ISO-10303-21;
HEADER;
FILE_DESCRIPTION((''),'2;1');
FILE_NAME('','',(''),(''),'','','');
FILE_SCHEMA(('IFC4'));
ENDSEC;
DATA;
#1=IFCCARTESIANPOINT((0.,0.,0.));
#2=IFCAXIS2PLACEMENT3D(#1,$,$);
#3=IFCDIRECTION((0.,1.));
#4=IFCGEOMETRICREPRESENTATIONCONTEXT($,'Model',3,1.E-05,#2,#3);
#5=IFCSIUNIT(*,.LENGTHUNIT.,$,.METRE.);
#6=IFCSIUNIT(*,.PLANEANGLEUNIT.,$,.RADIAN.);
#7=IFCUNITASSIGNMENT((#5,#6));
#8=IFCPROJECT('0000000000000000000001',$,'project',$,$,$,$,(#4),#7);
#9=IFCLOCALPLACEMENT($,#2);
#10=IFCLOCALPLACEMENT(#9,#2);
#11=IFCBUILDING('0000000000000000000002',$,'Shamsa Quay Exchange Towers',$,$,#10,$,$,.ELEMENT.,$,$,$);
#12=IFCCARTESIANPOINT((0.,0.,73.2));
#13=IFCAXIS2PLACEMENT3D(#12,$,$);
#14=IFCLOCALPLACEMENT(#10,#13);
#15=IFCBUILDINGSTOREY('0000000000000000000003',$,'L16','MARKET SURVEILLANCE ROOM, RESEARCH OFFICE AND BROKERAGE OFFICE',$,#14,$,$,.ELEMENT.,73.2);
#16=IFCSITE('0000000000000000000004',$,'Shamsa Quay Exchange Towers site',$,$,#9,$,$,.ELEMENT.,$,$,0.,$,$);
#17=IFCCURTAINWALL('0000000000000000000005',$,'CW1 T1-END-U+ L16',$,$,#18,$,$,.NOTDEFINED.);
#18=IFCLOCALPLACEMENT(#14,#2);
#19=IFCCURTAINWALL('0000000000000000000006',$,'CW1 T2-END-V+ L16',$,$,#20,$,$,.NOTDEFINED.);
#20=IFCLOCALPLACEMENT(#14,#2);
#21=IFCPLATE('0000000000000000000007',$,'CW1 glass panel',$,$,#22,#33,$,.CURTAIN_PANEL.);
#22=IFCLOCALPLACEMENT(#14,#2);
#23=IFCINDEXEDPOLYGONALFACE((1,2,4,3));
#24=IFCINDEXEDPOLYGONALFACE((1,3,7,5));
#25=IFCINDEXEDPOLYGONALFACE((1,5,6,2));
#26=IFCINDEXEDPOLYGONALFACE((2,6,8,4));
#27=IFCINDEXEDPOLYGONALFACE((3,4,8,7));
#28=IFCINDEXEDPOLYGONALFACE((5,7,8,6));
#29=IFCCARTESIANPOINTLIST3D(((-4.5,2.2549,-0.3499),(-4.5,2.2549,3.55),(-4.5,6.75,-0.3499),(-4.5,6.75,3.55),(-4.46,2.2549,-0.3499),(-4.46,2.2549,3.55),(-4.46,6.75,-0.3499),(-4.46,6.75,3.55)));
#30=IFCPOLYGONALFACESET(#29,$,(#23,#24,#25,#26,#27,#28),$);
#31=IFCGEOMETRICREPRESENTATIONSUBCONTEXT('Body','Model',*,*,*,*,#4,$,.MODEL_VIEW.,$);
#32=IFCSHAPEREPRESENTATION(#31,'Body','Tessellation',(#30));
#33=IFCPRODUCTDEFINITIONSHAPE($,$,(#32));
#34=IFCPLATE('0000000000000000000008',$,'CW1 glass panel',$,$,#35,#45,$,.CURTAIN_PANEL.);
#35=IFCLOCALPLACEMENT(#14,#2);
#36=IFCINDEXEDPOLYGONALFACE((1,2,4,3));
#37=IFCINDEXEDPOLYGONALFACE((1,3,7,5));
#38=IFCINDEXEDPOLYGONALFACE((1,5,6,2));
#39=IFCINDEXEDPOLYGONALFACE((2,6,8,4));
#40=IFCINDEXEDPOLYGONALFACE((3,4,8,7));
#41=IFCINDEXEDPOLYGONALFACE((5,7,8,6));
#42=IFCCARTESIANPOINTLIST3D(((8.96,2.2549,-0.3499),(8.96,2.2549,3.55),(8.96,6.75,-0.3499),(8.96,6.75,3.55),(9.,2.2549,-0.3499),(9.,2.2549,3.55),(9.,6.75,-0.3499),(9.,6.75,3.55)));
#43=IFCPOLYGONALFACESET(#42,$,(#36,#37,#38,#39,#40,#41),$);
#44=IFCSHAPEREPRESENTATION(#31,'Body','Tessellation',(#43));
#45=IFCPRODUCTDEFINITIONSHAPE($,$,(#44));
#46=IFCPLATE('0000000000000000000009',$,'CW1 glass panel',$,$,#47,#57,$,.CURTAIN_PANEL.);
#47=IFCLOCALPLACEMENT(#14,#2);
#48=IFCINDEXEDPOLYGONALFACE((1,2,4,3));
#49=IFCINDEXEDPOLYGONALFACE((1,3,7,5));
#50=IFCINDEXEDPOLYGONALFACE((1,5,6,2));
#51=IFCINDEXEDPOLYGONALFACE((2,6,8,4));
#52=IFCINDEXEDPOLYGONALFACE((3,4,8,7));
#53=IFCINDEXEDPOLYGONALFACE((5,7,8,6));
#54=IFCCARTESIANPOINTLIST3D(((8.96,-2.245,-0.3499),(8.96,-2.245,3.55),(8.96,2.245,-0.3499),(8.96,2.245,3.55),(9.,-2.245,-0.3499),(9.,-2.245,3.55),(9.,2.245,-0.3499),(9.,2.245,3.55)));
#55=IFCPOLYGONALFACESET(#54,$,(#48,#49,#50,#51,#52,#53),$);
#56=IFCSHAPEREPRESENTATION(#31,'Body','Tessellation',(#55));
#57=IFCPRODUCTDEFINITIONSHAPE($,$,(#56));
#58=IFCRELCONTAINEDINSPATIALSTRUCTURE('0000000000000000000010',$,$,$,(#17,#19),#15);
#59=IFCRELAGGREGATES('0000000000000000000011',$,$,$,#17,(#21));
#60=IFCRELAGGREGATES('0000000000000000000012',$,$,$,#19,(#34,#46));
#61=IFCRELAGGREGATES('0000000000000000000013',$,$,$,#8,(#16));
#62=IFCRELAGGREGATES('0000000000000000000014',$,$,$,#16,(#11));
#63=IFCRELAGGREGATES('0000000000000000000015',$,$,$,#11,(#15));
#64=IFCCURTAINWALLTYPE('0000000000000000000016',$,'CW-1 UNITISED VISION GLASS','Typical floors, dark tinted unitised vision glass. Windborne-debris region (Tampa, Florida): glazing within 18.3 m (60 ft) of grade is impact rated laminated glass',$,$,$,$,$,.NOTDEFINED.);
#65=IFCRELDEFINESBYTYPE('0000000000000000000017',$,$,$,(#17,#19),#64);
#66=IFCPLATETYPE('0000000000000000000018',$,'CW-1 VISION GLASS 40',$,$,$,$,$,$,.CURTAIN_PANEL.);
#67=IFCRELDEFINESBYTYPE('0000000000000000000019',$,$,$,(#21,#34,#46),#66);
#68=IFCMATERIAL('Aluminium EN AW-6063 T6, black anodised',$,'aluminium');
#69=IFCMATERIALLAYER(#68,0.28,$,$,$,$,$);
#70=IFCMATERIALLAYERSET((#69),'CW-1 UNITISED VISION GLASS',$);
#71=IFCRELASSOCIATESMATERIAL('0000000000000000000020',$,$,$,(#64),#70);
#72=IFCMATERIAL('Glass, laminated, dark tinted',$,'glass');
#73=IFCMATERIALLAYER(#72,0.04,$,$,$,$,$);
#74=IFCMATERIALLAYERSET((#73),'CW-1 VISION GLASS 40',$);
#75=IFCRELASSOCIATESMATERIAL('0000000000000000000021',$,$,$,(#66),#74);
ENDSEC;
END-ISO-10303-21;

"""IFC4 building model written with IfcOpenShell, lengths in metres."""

from ifc_helpers import new_model, si_unit, direction, frame, origin, origin_2d, place, context, subcontext, project, spatial, rectangle, extrude, material, layer, layer_set, type_object, element, aggregate, save


model = new_model("IFC4")

# Units and contexts
model_context = context("Model", 3, precision=1e-05, world=origin(), true_north=direction((0.0, 1.0)))
body_context = subcontext(model_context, "Body", "Model", "MODEL_VIEW")
ifc_project = project(units=[si_unit("LENGTHUNIT", "METRE"), si_unit("PLANEANGLEUNIT", "RADIAN")], contexts=[model_context])

# Site, building, storey
site_placement = place(None, origin())
site = spatial("IfcSite", under=ifc_project, at=site_placement, Name="Shamsa Quay Exchange Towers site", CompositionType="ELEMENT", RefElevation=0.0)
building_placement = place(site_placement, origin())
building = spatial("IfcBuilding", under=site, at=building_placement, Name="Shamsa Quay Exchange Towers", CompositionType="ELEMENT")
storey_placement = place(building_placement, frame((0.0, 0.0, 73.2)))
storey = spatial("IfcBuildingStorey", under=building, at=storey_placement, Name="L16", Description="MARKET SURVEILLANCE ROOM, RESEARCH OFFICE AND BROKERAGE OFFICE", CompositionType="ELEMENT", Elevation=73.2)

# Curtain walls
ifc_material_1 = material(Name="Aluminium EN AW-6063 T6, black anodised", Category="aluminium")
ifc_layer_1 = layer(ifc_material_1, 0.28)
ifc_layer_set_1 = layer_set([ifc_layer_1], Name="CW-1 UNITISED VISION GLASS")
curtain_wall_type = type_object("IfcCurtainWallType", Name="CW-1 UNITISED VISION GLASS", Description="Typical floors, dark tinted unitised vision glass. Windborne-debris region (Tampa, Florida): glazing within 18.3 m (60 ft) of grade is impact rated laminated glass", PredefinedType="NOTDEFINED", material=ifc_layer_set_1)
curtain_wall_1_placement = place(storey_placement, origin())
curtain_wall_1 = element("IfcCurtainWall", 1, at=curtain_wall_1_placement, inside=storey, type_object=curtain_wall_type, Name="CW1 T1-END-U+ L16", PredefinedType="NOTDEFINED")
curtain_wall_2_placement = place(storey_placement, origin())
curtain_wall_2 = element("IfcCurtainWall", 2, at=curtain_wall_2_placement, inside=storey, type_object=curtain_wall_type, Name="CW1 T2-END-V+ L16", PredefinedType="NOTDEFINED")

# Plates
ifc_material_2 = material(Name="Glass, laminated, dark tinted", Category="glass")
ifc_layer_2 = layer(ifc_material_2, 0.04)
ifc_layer_set_2 = layer_set([ifc_layer_2], Name="CW-1 VISION GLASS 40")
plate_type = type_object("IfcPlateType", Name="CW-1 VISION GLASS 40", PredefinedType="CURTAIN_PANEL", material=ifc_layer_set_2)
plate_1_placement = place(storey_placement, frame((-4.48, 4.5024, -0.3499), z_axis=(0.0, 0.0, 1.0), x_axis=(0.0, 1.0, 0.0)))
plate_1 = element("IfcPlate", 3, at=plate_1_placement, type_object=plate_type, Name="CW1 glass panel", PredefinedType="CURTAIN_PANEL", context=body_context, shape_type="SweptSolid", body=[
    extrude(rectangle(XDim=4.4951, YDim=0.04, at=origin_2d()), origin(), (0.0, 0.0, 1.0), 3.8999),
])
aggregate(curtain_wall_1, [plate_1])
plate_2_placement = place(storey_placement, frame((8.98, 4.5024, -0.3499), z_axis=(0.0, 0.0, 1.0), x_axis=(0.0, -1.0, 0.0)))
plate_2 = element("IfcPlate", 4, at=plate_2_placement, type_object=plate_type, Name="CW1 glass panel", PredefinedType="CURTAIN_PANEL", context=body_context, shape_type="SweptSolid", body=[
    extrude(rectangle(XDim=4.4951, YDim=0.04, at=origin_2d()), origin(), (0.0, 0.0, 1.0), 3.8999),
])
plate_3_placement = place(storey_placement, frame((8.98, 0.0, -0.3499), z_axis=(0.0, 0.0, 1.0), x_axis=(0.0, -1.0, 0.0)))
plate_3 = element("IfcPlate", 5, at=plate_3_placement, type_object=plate_type, Name="CW1 glass panel", PredefinedType="CURTAIN_PANEL", context=body_context, shape_type="SweptSolid", body=[
    extrude(rectangle(XDim=4.49, YDim=0.04, at=origin_2d()), origin(), (0.0, 0.0, 1.0), 3.8999),
])
aggregate(curtain_wall_2, [plate_2, plate_3])

save(model, "model.ifc")
